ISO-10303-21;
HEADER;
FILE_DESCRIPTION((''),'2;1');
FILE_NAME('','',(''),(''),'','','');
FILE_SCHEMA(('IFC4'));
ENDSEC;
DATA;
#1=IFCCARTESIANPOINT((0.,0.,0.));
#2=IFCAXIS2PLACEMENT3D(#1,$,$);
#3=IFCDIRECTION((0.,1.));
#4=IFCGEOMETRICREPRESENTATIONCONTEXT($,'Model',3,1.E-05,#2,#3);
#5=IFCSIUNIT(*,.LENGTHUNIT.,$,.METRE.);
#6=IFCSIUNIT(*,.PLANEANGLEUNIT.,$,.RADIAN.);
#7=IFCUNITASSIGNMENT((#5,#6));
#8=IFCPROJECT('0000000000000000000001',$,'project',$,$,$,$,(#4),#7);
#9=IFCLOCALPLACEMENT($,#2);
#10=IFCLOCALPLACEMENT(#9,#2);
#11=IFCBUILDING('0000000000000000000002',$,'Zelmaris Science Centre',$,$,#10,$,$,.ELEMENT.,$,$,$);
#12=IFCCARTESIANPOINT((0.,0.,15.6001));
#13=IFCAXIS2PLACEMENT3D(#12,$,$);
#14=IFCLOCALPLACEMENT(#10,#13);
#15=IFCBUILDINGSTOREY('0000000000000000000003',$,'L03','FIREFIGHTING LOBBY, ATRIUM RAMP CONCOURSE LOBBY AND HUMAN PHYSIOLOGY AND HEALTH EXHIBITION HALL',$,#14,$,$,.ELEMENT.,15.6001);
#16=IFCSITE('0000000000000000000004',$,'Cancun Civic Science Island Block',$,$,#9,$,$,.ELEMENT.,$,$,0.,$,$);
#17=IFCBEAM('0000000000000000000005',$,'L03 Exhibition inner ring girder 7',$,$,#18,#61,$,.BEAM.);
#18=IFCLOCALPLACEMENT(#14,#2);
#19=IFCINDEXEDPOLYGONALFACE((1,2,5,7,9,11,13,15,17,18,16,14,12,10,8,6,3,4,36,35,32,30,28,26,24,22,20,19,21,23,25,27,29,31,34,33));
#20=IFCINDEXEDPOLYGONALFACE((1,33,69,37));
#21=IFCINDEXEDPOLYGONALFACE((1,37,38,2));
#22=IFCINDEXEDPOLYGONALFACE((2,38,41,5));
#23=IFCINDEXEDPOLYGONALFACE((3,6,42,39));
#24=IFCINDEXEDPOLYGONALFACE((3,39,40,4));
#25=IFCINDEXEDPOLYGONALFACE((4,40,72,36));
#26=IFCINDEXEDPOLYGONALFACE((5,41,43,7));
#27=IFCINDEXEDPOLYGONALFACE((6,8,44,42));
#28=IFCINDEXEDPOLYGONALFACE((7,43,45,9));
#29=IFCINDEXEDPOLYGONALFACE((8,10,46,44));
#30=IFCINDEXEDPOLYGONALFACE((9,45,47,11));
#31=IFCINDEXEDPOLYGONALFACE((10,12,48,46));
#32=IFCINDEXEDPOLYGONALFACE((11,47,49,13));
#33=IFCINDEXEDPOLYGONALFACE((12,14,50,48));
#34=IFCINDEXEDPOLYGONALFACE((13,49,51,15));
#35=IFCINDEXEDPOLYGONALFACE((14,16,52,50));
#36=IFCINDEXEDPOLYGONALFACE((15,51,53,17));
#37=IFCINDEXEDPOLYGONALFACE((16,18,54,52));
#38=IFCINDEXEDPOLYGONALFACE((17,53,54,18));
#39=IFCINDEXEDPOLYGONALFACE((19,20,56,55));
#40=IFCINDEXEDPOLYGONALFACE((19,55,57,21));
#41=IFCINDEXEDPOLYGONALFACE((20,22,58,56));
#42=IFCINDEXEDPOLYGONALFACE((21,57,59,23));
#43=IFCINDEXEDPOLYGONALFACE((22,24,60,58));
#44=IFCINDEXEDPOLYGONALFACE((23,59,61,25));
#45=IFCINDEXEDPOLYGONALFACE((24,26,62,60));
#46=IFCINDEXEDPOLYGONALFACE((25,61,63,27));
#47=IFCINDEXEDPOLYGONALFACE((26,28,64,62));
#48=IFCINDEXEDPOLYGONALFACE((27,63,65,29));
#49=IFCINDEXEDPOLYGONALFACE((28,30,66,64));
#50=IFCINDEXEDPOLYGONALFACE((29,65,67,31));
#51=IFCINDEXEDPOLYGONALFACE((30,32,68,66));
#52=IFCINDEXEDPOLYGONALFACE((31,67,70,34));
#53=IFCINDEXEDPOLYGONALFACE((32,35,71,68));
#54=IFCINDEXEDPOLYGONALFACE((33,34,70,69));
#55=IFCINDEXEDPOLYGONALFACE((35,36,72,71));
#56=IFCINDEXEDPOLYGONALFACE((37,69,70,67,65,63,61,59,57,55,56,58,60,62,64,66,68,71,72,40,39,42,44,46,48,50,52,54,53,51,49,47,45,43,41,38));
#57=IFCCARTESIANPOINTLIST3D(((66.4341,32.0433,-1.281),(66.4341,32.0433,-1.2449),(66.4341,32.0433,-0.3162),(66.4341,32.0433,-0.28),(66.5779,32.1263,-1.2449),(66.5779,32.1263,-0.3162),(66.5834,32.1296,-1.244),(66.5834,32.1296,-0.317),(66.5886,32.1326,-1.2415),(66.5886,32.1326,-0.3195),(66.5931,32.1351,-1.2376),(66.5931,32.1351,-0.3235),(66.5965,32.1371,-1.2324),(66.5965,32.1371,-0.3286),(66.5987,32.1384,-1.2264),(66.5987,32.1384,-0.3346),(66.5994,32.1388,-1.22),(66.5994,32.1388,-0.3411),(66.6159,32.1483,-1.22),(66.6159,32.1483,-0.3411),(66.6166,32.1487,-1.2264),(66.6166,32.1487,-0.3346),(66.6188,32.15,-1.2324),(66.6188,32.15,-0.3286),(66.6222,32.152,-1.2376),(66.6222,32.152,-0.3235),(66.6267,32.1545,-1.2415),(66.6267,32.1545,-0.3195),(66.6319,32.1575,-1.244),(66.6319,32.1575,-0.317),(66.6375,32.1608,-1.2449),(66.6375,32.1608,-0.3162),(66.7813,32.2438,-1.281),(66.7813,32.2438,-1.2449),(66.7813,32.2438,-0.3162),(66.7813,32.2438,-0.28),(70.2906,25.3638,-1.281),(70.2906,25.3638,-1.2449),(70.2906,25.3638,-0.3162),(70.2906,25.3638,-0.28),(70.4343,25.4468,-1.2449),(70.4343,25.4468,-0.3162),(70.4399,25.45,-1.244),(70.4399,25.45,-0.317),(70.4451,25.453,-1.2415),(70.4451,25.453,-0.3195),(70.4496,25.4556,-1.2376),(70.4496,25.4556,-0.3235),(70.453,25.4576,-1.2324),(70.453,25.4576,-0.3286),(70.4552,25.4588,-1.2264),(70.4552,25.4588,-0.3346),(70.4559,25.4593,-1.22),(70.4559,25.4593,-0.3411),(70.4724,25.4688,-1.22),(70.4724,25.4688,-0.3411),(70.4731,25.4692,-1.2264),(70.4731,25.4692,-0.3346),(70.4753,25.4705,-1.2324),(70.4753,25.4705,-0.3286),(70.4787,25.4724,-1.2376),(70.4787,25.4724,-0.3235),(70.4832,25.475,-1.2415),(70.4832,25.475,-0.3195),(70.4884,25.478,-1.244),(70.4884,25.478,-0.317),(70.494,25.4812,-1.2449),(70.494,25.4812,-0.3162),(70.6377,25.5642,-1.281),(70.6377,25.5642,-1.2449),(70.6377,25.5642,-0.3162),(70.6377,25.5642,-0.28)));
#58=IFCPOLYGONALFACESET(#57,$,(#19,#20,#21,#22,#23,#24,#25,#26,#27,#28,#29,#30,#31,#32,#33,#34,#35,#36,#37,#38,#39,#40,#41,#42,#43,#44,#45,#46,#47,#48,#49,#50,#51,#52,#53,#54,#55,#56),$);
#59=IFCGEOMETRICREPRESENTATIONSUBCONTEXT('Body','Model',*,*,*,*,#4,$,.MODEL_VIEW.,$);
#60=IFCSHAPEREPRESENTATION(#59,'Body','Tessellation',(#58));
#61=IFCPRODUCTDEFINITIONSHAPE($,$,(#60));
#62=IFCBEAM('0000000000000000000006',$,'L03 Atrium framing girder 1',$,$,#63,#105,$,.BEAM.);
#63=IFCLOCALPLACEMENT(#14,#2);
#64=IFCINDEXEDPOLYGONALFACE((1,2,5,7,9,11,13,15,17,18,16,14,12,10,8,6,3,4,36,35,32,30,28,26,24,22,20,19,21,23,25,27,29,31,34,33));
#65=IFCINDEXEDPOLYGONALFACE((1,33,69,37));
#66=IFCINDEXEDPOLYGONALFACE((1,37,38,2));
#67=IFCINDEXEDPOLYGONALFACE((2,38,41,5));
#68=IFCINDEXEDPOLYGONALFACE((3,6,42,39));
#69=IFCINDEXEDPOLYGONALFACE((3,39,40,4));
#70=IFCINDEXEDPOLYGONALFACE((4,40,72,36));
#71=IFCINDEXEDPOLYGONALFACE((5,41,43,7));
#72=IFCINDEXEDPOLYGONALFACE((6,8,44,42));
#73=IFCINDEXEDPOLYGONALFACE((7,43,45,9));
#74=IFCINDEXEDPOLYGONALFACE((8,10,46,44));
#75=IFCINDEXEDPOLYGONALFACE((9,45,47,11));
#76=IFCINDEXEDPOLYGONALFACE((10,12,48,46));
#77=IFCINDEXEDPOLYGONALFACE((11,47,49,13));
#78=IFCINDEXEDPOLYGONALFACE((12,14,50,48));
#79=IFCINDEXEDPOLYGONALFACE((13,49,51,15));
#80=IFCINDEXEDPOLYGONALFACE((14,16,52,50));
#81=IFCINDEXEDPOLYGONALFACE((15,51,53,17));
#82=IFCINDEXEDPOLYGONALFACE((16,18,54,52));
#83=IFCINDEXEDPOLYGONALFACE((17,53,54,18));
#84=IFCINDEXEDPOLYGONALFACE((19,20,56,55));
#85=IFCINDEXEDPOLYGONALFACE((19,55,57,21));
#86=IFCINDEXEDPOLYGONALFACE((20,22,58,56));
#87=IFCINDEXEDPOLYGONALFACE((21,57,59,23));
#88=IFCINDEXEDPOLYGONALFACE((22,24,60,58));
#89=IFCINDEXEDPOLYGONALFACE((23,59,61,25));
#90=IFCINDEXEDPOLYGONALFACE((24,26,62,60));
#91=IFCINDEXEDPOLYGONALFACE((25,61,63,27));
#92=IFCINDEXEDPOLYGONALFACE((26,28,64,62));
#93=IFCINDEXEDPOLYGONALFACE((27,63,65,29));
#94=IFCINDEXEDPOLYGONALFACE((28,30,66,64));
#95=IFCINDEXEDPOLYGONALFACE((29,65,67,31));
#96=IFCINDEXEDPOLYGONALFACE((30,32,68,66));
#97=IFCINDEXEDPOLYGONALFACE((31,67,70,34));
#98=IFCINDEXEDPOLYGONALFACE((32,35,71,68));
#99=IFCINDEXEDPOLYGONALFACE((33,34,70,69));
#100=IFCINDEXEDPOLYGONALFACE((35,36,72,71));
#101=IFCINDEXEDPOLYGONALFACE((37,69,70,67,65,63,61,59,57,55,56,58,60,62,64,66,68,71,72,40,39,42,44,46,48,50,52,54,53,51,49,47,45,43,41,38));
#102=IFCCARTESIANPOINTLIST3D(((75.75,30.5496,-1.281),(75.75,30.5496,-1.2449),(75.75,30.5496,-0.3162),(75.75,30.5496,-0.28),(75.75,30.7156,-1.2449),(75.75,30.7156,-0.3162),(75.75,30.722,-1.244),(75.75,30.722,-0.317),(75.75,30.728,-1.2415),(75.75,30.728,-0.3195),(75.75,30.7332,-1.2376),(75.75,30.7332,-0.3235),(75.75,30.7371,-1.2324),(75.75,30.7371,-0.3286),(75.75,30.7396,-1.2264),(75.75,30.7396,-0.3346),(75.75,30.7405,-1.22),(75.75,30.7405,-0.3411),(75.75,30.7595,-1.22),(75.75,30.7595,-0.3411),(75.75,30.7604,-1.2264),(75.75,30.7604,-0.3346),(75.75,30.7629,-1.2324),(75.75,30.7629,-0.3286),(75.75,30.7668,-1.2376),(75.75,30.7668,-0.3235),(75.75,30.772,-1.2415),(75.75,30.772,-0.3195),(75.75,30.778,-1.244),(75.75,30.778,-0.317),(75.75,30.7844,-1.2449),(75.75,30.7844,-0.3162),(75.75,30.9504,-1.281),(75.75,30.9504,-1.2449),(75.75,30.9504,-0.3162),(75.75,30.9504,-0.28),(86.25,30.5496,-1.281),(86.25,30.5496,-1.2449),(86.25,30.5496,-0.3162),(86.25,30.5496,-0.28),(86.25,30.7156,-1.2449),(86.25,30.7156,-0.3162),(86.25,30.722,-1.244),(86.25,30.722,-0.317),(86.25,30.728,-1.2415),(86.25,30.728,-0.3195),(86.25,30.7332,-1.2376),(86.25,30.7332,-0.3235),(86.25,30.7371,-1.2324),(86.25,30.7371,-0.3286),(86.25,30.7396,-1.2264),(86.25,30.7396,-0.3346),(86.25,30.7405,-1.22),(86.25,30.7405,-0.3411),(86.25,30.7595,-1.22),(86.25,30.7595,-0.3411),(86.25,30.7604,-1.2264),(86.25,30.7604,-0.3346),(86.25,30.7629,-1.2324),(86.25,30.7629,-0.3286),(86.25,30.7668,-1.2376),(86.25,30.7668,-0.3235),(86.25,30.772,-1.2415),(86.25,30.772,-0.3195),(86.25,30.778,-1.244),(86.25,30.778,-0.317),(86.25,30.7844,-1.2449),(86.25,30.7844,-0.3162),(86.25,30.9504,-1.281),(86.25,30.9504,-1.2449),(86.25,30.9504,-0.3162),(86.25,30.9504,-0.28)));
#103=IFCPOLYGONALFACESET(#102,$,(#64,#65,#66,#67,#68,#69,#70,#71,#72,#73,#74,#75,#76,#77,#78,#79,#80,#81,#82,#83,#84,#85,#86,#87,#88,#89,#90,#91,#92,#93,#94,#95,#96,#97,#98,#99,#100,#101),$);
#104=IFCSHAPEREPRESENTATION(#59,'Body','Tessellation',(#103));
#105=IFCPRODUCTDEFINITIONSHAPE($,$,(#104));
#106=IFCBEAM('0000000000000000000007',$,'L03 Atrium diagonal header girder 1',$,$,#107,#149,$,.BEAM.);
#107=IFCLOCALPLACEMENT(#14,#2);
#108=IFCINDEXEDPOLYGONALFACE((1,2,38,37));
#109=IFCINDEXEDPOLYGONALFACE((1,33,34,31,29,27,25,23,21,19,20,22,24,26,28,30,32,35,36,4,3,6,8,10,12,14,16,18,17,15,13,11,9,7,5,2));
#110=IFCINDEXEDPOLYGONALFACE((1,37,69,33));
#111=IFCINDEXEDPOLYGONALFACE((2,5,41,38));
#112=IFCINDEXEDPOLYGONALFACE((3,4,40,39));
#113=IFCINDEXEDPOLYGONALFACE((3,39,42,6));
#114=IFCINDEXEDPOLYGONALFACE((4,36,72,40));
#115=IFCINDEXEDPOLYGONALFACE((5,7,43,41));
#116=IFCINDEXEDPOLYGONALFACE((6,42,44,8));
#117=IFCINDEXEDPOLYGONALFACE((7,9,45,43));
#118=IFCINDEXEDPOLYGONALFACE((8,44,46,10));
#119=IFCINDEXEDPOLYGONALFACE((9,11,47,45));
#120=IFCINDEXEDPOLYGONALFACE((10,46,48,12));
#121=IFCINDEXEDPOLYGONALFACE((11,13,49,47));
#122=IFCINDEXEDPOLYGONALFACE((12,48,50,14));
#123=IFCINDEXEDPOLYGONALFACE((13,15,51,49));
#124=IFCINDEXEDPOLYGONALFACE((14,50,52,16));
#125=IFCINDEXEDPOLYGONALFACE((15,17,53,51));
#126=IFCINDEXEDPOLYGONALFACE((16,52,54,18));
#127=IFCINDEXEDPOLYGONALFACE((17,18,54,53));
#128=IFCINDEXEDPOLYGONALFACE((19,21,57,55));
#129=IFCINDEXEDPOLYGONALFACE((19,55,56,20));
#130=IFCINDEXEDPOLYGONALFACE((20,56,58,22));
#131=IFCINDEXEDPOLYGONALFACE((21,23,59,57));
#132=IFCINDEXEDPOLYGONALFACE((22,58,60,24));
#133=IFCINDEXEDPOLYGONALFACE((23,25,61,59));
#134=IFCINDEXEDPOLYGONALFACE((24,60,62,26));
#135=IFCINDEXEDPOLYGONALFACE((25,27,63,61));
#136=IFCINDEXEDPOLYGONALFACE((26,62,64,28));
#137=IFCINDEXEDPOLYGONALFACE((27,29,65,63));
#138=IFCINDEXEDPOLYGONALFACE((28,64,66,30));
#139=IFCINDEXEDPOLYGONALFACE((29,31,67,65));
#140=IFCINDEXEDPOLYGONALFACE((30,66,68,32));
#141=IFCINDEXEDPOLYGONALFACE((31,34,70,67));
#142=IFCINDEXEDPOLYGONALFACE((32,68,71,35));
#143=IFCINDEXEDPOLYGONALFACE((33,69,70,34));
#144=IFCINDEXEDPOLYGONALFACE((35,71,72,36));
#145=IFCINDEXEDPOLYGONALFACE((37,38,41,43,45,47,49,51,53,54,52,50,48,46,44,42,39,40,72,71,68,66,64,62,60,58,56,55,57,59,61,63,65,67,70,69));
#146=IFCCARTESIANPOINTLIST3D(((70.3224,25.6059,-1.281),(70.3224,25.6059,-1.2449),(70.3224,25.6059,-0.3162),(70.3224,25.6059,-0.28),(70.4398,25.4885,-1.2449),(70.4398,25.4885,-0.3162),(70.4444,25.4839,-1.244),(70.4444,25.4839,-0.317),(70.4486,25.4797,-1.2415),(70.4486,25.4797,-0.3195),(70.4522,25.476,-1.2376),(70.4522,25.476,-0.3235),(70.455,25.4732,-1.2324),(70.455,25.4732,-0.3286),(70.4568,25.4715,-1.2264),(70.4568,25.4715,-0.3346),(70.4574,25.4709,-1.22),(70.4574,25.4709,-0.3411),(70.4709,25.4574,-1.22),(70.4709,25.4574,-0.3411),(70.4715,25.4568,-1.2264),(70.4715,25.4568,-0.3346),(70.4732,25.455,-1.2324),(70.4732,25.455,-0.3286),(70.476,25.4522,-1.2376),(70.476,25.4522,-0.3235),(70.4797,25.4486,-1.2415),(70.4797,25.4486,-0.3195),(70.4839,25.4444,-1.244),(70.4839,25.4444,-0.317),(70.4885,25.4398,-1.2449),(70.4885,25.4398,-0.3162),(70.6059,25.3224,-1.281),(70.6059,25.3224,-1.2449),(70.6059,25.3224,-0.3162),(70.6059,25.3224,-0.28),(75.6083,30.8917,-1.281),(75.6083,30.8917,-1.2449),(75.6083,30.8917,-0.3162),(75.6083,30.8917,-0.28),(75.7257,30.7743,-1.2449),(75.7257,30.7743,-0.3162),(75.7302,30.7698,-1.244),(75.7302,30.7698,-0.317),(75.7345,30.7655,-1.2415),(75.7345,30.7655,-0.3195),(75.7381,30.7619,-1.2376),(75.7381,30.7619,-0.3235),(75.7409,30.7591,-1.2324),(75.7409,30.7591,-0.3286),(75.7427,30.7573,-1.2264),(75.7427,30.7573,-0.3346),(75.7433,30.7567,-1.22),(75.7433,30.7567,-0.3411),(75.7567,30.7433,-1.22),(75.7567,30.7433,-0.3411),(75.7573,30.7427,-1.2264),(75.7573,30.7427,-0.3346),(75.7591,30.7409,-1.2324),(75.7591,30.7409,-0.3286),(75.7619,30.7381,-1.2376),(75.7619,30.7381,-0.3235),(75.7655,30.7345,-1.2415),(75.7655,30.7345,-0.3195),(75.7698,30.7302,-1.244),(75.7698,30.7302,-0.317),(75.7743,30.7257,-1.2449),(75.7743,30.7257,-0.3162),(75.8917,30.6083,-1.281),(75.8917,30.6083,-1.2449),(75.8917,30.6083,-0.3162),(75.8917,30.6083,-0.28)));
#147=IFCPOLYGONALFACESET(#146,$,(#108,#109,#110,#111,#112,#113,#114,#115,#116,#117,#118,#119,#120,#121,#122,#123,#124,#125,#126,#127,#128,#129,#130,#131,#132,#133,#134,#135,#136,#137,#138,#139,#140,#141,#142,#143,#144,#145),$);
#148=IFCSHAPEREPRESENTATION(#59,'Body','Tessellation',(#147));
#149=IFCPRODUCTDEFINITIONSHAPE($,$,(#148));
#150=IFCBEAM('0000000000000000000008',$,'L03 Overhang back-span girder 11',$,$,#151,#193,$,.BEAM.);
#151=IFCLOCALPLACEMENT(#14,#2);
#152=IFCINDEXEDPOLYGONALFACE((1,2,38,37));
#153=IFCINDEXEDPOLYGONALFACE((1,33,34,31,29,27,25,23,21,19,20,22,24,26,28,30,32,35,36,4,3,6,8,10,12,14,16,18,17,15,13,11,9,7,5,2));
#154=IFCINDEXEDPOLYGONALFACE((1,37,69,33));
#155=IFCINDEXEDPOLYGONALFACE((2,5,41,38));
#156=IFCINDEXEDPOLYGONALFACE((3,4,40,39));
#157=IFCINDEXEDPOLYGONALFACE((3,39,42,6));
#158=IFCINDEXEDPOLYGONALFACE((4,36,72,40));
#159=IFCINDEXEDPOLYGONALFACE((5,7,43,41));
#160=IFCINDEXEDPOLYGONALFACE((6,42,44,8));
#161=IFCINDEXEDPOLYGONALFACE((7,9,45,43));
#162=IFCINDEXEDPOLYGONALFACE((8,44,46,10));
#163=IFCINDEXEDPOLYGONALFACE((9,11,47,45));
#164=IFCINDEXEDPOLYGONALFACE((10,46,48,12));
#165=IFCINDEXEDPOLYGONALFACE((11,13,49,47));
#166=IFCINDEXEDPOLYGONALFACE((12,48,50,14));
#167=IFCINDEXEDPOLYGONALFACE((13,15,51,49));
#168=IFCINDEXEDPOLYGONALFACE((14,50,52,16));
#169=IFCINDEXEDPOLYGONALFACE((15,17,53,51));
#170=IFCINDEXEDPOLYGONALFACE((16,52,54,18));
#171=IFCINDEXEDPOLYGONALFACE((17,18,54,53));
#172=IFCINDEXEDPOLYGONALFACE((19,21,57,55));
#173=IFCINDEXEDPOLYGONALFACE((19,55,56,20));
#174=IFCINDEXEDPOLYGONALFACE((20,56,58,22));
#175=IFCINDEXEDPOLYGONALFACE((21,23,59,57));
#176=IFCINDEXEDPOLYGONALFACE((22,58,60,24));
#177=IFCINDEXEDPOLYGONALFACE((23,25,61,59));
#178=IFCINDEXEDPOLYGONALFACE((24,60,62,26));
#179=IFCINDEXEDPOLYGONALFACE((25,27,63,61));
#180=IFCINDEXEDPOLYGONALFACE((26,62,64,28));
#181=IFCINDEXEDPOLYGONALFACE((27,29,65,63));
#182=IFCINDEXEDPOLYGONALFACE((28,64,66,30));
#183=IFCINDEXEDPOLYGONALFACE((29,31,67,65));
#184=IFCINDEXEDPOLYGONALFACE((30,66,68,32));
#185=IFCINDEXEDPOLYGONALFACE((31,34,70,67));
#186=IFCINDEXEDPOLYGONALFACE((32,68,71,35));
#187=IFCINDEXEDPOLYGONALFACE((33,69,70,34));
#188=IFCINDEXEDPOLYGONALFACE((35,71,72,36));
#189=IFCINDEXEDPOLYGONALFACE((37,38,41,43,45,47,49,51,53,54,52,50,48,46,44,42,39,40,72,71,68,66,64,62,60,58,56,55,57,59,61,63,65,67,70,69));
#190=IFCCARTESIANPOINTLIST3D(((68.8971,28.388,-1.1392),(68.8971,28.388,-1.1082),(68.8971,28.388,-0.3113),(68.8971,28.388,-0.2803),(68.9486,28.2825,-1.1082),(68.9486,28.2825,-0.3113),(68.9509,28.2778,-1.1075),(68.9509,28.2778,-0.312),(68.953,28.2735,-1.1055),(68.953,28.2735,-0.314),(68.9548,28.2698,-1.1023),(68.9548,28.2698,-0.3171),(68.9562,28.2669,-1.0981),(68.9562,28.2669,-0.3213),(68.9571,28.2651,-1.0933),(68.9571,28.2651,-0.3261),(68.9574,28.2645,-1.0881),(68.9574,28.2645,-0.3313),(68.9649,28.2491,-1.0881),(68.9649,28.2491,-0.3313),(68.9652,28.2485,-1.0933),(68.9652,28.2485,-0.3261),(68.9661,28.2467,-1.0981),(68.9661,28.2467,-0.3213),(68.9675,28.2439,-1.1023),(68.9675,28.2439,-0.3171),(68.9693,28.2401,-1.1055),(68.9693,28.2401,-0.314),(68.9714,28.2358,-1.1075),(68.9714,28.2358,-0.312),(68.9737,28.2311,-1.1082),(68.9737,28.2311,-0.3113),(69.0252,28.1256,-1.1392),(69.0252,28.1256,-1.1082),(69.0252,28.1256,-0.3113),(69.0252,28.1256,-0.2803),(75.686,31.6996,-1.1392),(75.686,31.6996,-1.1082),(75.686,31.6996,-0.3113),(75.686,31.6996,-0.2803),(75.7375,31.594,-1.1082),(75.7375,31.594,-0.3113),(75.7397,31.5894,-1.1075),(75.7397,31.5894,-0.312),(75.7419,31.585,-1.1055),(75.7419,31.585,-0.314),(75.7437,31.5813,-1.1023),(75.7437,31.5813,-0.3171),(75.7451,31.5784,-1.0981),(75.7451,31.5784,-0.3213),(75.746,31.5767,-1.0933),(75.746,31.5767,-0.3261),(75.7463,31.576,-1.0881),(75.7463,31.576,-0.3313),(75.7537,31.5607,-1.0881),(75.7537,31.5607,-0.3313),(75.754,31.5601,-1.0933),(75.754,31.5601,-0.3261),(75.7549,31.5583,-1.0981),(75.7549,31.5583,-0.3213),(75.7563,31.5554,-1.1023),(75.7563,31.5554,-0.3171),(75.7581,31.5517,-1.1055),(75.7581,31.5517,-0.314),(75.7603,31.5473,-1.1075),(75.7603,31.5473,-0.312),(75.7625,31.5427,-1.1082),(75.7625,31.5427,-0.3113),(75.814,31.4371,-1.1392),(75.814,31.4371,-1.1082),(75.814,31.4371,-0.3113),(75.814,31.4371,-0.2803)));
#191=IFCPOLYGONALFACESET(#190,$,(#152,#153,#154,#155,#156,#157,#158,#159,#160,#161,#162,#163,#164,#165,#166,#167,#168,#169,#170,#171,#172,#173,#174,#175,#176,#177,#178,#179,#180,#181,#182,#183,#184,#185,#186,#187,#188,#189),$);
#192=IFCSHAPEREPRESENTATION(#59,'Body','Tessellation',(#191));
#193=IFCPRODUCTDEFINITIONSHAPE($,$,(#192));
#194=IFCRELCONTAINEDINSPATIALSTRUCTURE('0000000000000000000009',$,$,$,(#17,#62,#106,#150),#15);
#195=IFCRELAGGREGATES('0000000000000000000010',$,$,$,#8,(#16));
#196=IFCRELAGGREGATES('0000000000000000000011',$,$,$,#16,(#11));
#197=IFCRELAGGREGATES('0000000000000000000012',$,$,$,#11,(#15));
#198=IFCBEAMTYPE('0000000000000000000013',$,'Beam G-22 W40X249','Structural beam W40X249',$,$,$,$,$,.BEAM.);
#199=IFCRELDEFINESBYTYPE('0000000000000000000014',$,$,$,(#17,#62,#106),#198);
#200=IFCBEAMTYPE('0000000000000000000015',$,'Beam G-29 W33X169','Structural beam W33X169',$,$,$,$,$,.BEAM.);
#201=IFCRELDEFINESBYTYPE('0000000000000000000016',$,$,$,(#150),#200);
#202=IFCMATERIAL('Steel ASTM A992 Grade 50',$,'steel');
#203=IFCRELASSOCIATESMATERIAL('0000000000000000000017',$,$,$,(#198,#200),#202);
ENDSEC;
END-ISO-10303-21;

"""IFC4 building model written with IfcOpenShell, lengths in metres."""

from ifc_helpers import new_model, si_unit, direction, frame, origin, origin_2d, place, context, subcontext, project, spatial, i_section, extrude, material, material_profile, profile_set, type_object, element, save


model = new_model("IFC4")

# Units and contexts
model_context = context("Model", 3, precision=1e-05, world=origin(), true_north=direction((0.0, 1.0)))
body_context = subcontext(model_context, "Body", "Model", "MODEL_VIEW")
ifc_project = project(units=[si_unit("LENGTHUNIT", "METRE"), si_unit("PLANEANGLEUNIT", "RADIAN")], contexts=[model_context])

# Site, building, storey
site_placement = place(None, origin())
site = spatial("IfcSite", under=ifc_project, at=site_placement, Name="Cancun Civic Science Island Block", CompositionType="ELEMENT", RefElevation=0.0)
building_placement = place(site_placement, origin())
building = spatial("IfcBuilding", under=site, at=building_placement, Name="Zelmaris Science Centre", CompositionType="ELEMENT")
storey_placement = place(building_placement, frame((0.0, 0.0, 15.6001)))
storey = spatial("IfcBuildingStorey", under=building, at=storey_placement, Name="L03", Description="FIREFIGHTING LOBBY, ATRIUM RAMP CONCOURSE LOBBY AND HUMAN PHYSIOLOGY AND HEALTH EXHIBITION HALL", CompositionType="ELEMENT", Elevation=15.6001)

# Shared definitions
ifc_material_1 = material(Name="Steel ASTM A992 Grade 50", Category="steel")

# Beams
ifc_material_profile_1 = material_profile(ifc_material_1, i_section(OverallWidth=0.4009, OverallDepth=1.001, WebThickness=0.019, FlangeThickness=0.0361, FilletRadius=0.0249, at=origin_2d()), Name="W40X249")
ifc_profile_set_1 = profile_set([ifc_material_profile_1], Name="Steel ASTM A992 Grade 50")
beam_type_1 = type_object("IfcBeamType", Name="Beam G-22 W40X249", Description="Structural beam W40X249", PredefinedType="BEAM", material=ifc_profile_set_1)
beam_1_placement = place(storey_placement, frame((66.6077, 32.1436, -0.7805), z_axis=(0.500007, -0.866022, 0.0), x_axis=(0.866022, 0.500007, 0.0)))
element("IfcBeam", 1, at=beam_1_placement, inside=storey, type_object=beam_type_1, Name="L03 Exhibition inner ring girder 7", PredefinedType="BEAM", context=body_context, shape_type="SweptSolid", body=[
    extrude(i_section(OverallWidth=0.4009, OverallDepth=1.001, WebThickness=0.019, FlangeThickness=0.0361, FilletRadius=0.0249, at=origin_2d()), origin(), (0.0, 0.0, 1.0), 7.7129),
])
beam_2_placement = place(storey_placement, frame((75.75, 30.75, -0.7805), z_axis=(1.0, 0.0, 0.0), x_axis=(0.0, 1.0, 0.0)))
element("IfcBeam", 2, at=beam_2_placement, inside=storey, type_object=beam_type_1, Name="L03 Atrium framing girder 1", PredefinedType="BEAM", context=body_context, shape_type="SweptSolid", body=[
    extrude(i_section(OverallWidth=0.4009, OverallDepth=1.001, WebThickness=0.019, FlangeThickness=0.0361, FilletRadius=0.0249, at=origin_2d()), origin(), (0.0, 0.0, 1.0), 10.5),
])
beam_3_placement = place(storey_placement, frame((75.75, 30.75, -0.7805), z_axis=(-0.707107, -0.707107, 0.0), x_axis=(0.707107, -0.707107, 0.0)))
element("IfcBeam", 3, at=beam_3_placement, inside=storey, type_object=beam_type_1, Name="L03 Atrium diagonal header girder 1", PredefinedType="BEAM", context=body_context, shape_type="SweptSolid", body=[
    extrude(i_section(OverallWidth=0.4009, OverallDepth=1.001, WebThickness=0.019, FlangeThickness=0.0361, FilletRadius=0.0249, at=origin_2d()), origin(), (0.0, 0.0, 1.0), 7.4753),
])
ifc_material_profile_2 = material_profile(ifc_material_1, i_section(OverallWidth=0.292, OverallDepth=0.8589, WebThickness=0.0171, FlangeThickness=0.031, FilletRadius=0.02, at=origin_2d()), Name="W33X169")
ifc_profile_set_2 = profile_set([ifc_material_profile_2], Name="Steel ASTM A992 Grade 50")
beam_type_2 = type_object("IfcBeamType", Name="Beam G-29 W33X169", Description="Structural beam W33X169", PredefinedType="BEAM", material=ifc_profile_set_2)
beam_4_placement = place(storey_placement, frame((75.75, 31.5684, -0.7097), z_axis=(-0.898773, -0.438413, 0.0), x_axis=(0.438413, -0.898773, 0.0)))
element("IfcBeam", 4, at=beam_4_placement, inside=storey, type_object=beam_type_2, Name="L03 Overhang back-span girder 11", PredefinedType="BEAM", context=body_context, shape_type="SweptSolid", body=[
    extrude(i_section(OverallWidth=0.292, OverallDepth=0.8589, WebThickness=0.0171, FlangeThickness=0.031, FilletRadius=0.02, at=origin_2d()), origin(), (0.0, 0.0, 1.0), 7.5535),
])

save(model, "model.ifc")
